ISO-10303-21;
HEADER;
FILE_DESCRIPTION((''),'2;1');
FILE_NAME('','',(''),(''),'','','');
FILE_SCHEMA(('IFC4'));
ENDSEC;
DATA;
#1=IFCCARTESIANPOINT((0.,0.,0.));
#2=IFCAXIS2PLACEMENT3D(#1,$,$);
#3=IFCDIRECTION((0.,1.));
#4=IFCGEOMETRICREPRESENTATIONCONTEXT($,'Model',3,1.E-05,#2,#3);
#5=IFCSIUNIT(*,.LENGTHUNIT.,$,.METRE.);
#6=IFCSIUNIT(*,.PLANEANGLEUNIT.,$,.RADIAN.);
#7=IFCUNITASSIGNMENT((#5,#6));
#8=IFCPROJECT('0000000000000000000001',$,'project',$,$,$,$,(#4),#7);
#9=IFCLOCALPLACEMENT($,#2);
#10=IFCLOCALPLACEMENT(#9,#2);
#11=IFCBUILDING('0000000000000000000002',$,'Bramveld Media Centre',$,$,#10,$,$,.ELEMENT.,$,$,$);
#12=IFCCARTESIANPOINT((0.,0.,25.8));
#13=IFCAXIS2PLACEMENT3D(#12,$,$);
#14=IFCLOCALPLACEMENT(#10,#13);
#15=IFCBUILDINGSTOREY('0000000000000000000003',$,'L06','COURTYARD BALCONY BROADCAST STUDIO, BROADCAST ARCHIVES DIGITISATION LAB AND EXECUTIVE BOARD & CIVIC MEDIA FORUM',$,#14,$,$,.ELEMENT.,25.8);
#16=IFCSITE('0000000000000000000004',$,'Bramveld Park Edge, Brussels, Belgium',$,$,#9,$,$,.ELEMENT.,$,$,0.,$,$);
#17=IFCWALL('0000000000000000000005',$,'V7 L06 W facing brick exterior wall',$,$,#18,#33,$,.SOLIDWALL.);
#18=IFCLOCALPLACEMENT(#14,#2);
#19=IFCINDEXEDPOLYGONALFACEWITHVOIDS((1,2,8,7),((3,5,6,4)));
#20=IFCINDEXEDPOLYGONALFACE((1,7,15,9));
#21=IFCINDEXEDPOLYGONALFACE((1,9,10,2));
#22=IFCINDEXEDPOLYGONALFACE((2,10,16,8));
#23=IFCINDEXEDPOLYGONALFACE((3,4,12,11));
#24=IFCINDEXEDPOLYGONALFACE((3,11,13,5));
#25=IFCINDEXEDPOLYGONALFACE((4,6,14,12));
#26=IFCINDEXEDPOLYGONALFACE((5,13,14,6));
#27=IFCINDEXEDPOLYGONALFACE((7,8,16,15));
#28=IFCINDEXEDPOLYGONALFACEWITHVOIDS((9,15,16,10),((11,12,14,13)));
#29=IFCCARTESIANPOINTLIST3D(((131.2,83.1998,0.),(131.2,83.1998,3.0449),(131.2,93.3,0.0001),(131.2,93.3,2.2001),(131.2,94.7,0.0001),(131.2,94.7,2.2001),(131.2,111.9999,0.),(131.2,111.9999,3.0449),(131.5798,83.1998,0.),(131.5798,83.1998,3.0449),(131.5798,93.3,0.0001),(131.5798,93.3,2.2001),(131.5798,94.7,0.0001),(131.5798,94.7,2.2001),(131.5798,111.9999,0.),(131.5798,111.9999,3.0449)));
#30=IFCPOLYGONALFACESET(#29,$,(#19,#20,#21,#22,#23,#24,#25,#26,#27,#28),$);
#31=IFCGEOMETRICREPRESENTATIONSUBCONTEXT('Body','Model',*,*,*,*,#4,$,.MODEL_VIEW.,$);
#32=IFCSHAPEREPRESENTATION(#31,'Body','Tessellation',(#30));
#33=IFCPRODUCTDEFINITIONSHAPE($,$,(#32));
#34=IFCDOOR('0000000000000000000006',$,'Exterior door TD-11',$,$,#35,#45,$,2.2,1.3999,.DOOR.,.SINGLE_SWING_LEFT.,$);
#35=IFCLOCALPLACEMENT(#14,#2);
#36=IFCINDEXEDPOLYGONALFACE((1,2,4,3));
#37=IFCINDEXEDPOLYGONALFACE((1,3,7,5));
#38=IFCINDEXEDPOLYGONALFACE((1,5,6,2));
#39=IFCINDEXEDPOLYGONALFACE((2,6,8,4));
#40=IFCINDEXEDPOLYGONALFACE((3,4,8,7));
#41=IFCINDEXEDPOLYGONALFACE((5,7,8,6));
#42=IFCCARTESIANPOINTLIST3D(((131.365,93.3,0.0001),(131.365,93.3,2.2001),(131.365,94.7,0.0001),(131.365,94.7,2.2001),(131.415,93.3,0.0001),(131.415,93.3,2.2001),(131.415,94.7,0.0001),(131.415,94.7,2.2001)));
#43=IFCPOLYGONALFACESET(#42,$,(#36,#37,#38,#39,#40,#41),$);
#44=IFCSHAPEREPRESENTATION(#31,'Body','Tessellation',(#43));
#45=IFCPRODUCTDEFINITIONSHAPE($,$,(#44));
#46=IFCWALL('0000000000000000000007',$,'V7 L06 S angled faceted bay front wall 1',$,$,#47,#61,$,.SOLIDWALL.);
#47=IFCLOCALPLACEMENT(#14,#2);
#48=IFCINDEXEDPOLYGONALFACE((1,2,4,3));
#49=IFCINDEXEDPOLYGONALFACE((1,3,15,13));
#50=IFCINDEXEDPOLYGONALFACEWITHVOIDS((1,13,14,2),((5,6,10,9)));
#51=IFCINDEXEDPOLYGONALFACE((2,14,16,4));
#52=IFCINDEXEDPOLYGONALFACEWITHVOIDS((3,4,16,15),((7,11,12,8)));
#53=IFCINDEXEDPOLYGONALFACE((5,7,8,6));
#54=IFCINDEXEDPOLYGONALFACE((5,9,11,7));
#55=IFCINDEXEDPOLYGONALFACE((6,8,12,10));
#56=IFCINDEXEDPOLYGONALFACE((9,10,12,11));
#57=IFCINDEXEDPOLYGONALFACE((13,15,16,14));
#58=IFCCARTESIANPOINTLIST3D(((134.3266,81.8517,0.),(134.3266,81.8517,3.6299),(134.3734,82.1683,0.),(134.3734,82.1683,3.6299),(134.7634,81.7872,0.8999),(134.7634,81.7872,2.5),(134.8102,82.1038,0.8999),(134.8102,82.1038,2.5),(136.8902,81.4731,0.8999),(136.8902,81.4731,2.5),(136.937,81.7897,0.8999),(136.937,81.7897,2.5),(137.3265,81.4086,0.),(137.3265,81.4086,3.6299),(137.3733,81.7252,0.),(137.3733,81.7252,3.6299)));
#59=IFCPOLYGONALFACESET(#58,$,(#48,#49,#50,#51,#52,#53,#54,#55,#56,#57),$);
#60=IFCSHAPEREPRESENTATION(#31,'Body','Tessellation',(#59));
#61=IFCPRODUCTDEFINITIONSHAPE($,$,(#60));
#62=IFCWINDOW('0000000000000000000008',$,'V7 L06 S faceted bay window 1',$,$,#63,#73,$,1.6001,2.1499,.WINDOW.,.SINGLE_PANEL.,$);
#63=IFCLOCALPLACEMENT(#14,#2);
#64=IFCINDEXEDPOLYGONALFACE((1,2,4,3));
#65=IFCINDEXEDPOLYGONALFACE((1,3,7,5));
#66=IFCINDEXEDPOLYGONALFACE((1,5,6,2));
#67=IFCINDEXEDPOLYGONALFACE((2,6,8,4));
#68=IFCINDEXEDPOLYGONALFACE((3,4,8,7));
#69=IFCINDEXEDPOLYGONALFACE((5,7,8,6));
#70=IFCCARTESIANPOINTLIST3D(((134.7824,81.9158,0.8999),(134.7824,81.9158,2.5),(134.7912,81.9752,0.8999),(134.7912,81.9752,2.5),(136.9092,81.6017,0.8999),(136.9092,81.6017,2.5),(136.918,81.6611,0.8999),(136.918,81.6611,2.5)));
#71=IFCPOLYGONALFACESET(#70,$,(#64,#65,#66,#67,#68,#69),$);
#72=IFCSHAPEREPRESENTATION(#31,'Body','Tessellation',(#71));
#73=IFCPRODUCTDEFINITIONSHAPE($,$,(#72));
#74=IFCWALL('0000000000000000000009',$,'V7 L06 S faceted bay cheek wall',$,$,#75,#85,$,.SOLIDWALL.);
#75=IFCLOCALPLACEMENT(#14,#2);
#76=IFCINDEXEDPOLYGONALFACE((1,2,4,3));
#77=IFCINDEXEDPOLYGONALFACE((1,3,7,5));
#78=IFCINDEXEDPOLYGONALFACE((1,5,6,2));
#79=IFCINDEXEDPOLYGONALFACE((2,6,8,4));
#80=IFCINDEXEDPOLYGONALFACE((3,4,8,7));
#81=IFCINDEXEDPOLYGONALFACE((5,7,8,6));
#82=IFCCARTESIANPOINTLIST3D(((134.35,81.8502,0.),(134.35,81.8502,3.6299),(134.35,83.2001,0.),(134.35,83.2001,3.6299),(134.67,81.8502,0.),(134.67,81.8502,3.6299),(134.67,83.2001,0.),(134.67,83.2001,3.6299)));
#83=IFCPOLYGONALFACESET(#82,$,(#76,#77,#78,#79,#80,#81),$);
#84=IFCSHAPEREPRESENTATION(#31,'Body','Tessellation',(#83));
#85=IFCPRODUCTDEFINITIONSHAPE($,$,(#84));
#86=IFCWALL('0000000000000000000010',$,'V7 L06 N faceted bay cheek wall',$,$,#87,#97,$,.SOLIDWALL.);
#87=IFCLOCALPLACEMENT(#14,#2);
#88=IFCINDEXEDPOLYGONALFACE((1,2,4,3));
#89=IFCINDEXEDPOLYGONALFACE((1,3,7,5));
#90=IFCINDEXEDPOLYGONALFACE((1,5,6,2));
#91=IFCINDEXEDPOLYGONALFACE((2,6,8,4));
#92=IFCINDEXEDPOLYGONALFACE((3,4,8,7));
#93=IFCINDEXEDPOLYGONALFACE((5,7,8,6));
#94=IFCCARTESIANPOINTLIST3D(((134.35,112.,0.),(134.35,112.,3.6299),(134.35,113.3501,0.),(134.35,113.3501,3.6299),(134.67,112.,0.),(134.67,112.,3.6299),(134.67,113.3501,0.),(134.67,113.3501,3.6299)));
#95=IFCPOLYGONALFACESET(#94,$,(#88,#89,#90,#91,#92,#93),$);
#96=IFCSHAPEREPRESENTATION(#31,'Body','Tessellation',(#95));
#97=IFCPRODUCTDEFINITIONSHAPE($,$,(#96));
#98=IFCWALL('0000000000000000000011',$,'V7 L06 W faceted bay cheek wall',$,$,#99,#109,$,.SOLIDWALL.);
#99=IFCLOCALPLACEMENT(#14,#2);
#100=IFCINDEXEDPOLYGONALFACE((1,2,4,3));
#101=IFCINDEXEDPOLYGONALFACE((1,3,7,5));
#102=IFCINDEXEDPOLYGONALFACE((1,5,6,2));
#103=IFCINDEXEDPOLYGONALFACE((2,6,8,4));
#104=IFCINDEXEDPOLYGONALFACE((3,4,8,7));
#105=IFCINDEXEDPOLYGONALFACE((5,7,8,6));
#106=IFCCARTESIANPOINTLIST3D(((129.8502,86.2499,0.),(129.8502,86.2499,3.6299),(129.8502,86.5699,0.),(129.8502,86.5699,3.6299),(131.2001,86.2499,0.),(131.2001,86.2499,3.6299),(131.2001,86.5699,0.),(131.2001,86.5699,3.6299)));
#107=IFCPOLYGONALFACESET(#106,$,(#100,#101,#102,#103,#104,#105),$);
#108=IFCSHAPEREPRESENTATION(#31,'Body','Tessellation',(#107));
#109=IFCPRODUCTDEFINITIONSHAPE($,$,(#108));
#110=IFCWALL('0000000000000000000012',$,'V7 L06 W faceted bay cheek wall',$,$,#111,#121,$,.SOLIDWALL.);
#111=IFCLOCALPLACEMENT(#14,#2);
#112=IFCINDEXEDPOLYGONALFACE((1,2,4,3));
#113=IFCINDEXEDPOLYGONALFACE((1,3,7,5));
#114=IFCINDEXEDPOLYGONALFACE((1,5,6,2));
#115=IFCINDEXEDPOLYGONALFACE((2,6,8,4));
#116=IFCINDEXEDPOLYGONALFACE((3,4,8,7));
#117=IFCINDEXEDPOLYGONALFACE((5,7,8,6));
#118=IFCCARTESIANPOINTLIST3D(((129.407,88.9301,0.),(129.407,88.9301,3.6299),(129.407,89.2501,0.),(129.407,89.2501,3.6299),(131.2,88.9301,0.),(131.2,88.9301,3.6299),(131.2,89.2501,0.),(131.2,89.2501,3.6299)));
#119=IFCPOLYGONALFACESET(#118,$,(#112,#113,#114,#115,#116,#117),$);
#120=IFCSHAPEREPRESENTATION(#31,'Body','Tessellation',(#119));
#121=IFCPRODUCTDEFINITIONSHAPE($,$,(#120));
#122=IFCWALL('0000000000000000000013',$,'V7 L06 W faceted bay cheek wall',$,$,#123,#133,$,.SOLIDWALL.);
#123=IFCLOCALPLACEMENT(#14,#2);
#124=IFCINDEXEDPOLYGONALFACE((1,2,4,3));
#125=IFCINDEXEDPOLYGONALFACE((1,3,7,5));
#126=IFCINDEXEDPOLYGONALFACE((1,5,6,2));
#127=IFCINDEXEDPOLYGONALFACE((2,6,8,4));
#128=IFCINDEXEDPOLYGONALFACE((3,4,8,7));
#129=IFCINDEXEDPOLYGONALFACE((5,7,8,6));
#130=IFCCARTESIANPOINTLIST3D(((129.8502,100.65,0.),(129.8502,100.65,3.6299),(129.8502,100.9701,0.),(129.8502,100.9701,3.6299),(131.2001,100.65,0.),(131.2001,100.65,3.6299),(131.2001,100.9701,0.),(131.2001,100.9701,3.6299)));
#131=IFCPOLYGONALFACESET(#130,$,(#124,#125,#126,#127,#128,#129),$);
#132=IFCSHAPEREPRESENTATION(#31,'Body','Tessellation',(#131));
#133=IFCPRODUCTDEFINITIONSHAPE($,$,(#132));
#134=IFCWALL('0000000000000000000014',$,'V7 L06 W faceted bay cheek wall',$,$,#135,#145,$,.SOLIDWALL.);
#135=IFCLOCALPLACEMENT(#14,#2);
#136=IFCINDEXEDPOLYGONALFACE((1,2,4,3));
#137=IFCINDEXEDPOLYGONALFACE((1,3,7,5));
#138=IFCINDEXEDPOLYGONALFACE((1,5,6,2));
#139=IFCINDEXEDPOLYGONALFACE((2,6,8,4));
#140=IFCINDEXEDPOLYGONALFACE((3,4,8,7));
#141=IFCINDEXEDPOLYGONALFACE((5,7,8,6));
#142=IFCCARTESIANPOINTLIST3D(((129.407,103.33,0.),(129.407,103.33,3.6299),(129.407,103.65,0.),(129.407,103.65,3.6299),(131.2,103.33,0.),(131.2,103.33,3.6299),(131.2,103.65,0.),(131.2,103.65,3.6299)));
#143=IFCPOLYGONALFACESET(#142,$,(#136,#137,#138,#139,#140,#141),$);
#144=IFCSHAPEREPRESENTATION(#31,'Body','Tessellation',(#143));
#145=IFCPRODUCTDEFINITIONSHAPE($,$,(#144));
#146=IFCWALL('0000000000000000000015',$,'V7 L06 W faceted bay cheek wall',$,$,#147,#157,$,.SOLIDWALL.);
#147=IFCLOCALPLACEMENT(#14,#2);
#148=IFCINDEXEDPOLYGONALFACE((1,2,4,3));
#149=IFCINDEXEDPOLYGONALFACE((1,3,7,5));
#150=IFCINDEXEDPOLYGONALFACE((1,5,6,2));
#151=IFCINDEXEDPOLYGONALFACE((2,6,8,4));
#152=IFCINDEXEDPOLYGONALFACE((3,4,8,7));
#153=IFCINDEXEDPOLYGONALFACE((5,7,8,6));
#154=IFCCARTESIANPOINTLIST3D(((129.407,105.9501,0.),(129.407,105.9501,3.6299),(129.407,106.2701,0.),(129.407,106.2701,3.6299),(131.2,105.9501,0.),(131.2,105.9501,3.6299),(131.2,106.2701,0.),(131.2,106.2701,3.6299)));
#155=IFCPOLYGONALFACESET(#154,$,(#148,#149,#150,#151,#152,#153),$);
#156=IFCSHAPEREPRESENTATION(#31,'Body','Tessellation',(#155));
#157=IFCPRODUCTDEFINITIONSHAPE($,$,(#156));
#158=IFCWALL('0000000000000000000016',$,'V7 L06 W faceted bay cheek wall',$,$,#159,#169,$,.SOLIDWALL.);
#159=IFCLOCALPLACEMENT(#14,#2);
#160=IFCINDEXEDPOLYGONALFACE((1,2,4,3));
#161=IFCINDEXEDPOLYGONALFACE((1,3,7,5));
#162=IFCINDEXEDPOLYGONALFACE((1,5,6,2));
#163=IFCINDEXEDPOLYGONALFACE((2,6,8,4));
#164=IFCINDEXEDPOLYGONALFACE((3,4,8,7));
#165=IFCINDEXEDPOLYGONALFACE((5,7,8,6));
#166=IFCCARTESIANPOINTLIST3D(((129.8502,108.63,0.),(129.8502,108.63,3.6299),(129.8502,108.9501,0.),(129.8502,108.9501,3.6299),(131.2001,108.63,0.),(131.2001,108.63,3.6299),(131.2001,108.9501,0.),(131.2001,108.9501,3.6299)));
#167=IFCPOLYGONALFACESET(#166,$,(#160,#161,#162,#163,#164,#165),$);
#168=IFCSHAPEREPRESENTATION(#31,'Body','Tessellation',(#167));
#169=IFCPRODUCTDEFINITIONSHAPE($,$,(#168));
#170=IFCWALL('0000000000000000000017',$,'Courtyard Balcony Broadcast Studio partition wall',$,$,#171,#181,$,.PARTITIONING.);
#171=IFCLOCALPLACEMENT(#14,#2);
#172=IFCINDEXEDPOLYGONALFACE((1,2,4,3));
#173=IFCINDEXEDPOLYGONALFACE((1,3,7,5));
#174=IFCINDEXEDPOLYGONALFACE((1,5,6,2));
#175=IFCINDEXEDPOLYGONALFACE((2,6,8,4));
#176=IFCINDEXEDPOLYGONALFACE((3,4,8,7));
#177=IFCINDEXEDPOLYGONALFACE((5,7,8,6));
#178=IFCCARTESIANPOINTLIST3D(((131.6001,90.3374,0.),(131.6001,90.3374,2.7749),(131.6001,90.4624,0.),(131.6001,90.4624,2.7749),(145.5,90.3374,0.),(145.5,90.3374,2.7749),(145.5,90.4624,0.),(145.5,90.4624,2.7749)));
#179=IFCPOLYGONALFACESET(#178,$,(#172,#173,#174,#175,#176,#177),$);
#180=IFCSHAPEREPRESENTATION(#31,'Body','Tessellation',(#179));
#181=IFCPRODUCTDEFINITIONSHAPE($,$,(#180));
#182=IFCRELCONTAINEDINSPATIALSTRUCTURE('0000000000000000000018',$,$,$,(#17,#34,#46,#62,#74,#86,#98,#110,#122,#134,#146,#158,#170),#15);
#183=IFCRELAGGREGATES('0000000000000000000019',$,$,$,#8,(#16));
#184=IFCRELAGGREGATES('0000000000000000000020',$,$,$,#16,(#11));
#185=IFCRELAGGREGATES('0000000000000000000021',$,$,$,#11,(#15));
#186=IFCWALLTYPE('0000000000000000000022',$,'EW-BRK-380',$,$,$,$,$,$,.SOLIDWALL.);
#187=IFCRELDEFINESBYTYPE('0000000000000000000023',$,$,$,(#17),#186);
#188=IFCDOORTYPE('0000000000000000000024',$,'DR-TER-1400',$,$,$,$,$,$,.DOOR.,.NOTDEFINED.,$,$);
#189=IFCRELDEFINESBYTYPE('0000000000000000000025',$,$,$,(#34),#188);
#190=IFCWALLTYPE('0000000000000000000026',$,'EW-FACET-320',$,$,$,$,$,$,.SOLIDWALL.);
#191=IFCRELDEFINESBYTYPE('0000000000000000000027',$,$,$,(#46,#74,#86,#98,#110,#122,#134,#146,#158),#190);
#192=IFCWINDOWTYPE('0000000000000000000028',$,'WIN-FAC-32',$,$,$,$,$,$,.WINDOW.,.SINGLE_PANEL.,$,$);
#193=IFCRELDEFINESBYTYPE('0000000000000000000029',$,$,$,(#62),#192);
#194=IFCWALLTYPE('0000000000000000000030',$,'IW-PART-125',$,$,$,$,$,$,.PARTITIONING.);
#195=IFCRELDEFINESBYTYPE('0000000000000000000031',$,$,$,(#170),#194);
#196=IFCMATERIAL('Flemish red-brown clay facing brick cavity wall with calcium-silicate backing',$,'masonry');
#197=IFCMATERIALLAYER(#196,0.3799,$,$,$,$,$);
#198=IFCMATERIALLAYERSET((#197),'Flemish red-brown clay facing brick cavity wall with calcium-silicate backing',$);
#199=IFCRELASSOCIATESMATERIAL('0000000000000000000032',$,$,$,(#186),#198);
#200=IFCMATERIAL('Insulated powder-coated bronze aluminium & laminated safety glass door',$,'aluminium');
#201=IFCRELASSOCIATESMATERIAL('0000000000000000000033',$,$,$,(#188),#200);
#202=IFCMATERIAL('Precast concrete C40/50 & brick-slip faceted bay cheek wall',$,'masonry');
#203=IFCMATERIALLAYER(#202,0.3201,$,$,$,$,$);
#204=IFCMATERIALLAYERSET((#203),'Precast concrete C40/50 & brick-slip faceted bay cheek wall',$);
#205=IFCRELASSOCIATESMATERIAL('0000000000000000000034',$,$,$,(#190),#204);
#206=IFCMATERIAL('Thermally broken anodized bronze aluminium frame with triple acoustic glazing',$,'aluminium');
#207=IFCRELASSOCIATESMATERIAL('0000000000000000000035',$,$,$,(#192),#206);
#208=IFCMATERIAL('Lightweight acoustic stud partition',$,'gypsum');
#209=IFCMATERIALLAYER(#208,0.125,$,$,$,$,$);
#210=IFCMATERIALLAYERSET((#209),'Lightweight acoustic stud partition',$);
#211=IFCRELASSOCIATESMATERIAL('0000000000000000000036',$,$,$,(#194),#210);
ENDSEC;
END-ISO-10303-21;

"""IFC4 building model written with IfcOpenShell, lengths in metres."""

from ifc_helpers import new_model, si_unit, direction, frame, frame_2d, origin, place, context, subcontext, project, spatial, rectangle, extrude, material, layer, layer_set, type_object, element, fill, save


model = new_model("IFC4")

# Units and contexts
model_context = context("Model", 3, precision=1e-05, world=origin(), true_north=direction((0.0, 1.0)))
body_context = subcontext(model_context, "Body", "Model", "MODEL_VIEW")
ifc_project = project(units=[si_unit("LENGTHUNIT", "METRE"), si_unit("PLANEANGLEUNIT", "RADIAN")], contexts=[model_context])

# Site, building, storey
site_placement = place(None, origin())
site = spatial("IfcSite", under=ifc_project, at=site_placement, Name="Bramveld Park Edge, Brussels, Belgium", CompositionType="ELEMENT", RefElevation=0.0)
building_placement = place(site_placement, origin())
building = spatial("IfcBuilding", under=site, at=building_placement, Name="Bramveld Media Centre", CompositionType="ELEMENT")
storey_placement = place(building_placement, frame((0.0, 0.0, 25.8)))
storey = spatial("IfcBuildingStorey", under=building, at=storey_placement, Name="L06", Description="COURTYARD BALCONY BROADCAST STUDIO, BROADCAST ARCHIVES DIGITISATION LAB AND EXECUTIVE BOARD & CIVIC MEDIA FORUM", CompositionType="ELEMENT", Elevation=25.8)

# Shared definitions
ifc_material_1 = material(Name="Flemish red-brown clay facing brick cavity wall with calcium-silicate backing", Category="masonry")
ifc_layer_1 = layer(ifc_material_1, 0.3799)
ifc_layer_set_1 = layer_set([ifc_layer_1], Name="Flemish red-brown clay facing brick cavity wall with calcium-silicate backing")
wall_type_1 = type_object("IfcWallType", Name="EW-BRK-380", PredefinedType="SOLIDWALL", material=ifc_layer_set_1)

# Wall, opening, door
wall_1_placement = place(storey_placement, frame((131.3899, 83.2, 0.0), z_axis=(0.0, 0.0, 1.0), x_axis=(0.0, 1.0, 0.0)))
wall_1 = element("IfcWall", 1, at=wall_1_placement, inside=storey, type_object=wall_type_1, Name="V7 L06 W facing brick exterior wall", PredefinedType="SOLIDWALL", context=body_context, shape_type="SweptSolid", body=[
    extrude(rectangle(XDim=28.8, YDim=0.3799, at=frame_2d((14.3999, 0.0))), origin(), (0.0, 0.0, 1.0), 3.0449),
])
opening_1_placement = place(wall_1_placement, frame((10.1001, 0.0, 0.0)))
opening_1 = element("IfcOpeningElement", 2, at=opening_1_placement, cuts=wall_1, PredefinedType="OPENING", context=body_context, shape_type="SweptSolid", body=[
    extrude(rectangle(XDim=1.3999, YDim=2.2, at=frame_2d((0.7, 1.1001))), frame((0.0, 0.2019, 0.0), z_axis=(0.0, -1.0, 0.0), x_axis=(1.0, 0.0, 0.0)), (0.0, 0.0, 1.0), 0.4038),
])
ifc_material_2 = material(Name="Insulated powder-coated bronze aluminium & laminated safety glass door", Category="aluminium")
door_type_1 = type_object("IfcDoorType", Name="DR-TER-1400", OperationType="NOTDEFINED", PredefinedType="DOOR", material=ifc_material_2)
door_1_placement = place(opening_1_placement, origin())
door_1 = element("IfcDoor", 3, at=door_1_placement, inside=storey, type_object=door_type_1, Name="Exterior door TD-11", OperationType="SINGLE_SWING_LEFT", OverallHeight=2.2, OverallWidth=1.3999, PredefinedType="DOOR", context=body_context, shape_type="SweptSolid", body=[
    extrude(rectangle(XDim=1.3999, YDim=2.2, at=frame_2d((0.7, 1.1001))), frame((0.0, 0.0249, 0.0), z_axis=(0.0, -1.0, 0.0), x_axis=(1.0, 0.0, 0.0)), (0.0, 0.0, 1.0), 0.05),
])
fill(opening_1, door_1)

# Wall, opening, window
ifc_material_3 = material(Name="Precast concrete C40/50 & brick-slip faceted bay cheek wall", Category="masonry")
ifc_layer_2 = layer(ifc_material_3, 0.3201)
ifc_layer_set_2 = layer_set([ifc_layer_2], Name="Precast concrete C40/50 & brick-slip faceted bay cheek wall")
wall_type_2 = type_object("IfcWallType", Name="EW-FACET-320", PredefinedType="SOLIDWALL", material=ifc_layer_set_2)
wall_2_placement = place(storey_placement, frame((134.3501, 82.01, 0.0), z_axis=(0.0, 0.0, 1.0), x_axis=(0.989267, -0.14612, 0.0)))
wall_2 = element("IfcWall", 4, at=wall_2_placement, inside=storey, type_object=wall_type_2, Name="V7 L06 S angled faceted bay front wall 1", PredefinedType="SOLIDWALL", context=body_context, shape_type="SweptSolid", body=[
    extrude(rectangle(XDim=3.0325, YDim=0.3201, at=frame_2d((1.5161, 0.0))), origin(), (0.0, 0.0, 1.0), 3.6299),
])
opening_2_placement = place(wall_2_placement, frame((0.4414, 0.0, 0.8999)))
opening_2 = element("IfcOpeningElement", 5, at=opening_2_placement, cuts=wall_2, PredefinedType="OPENING", context=body_context, shape_type="SweptSolid", body=[
    extrude(rectangle(XDim=2.1499, YDim=1.6001, at=frame_2d((1.075, 0.8))), frame((0.0, 0.1719, 0.0), z_axis=(0.0, -1.0, 0.0), x_axis=(1.0, 0.0, 0.0)), (0.0, 0.0, 1.0), 0.344),
])
ifc_material_4 = material(Name="Thermally broken anodized bronze aluminium frame with triple acoustic glazing", Category="aluminium")
window_type = type_object("IfcWindowType", Name="WIN-FAC-32", PartitioningType="SINGLE_PANEL", PredefinedType="WINDOW", material=ifc_material_4)
window_placement = place(opening_2_placement, origin())
window = element("IfcWindow", 6, at=window_placement, inside=storey, type_object=window_type, Name="V7 L06 S faceted bay window 1", OverallHeight=1.6001, OverallWidth=2.1499, PartitioningType="SINGLE_PANEL", PredefinedType="WINDOW", context=body_context, shape_type="SweptSolid", body=[
    extrude(rectangle(XDim=2.1499, YDim=1.6001, at=frame_2d((1.075, 0.8))), frame((0.0, 0.03, 0.0), z_axis=(0.0, -1.0, 0.0), x_axis=(1.0, 0.0, 0.0)), (0.0, 0.0, 1.0), 0.0601),
])
fill(opening_2, window)

# Walls
wall_3_placement = place(storey_placement, frame((134.51, 83.2, 0.0), z_axis=(0.0, 0.0, 1.0), x_axis=(0.0, -1.0, 0.0)))
element("IfcWall", 7, at=wall_3_placement, inside=storey, type_object=wall_type_2, Name="V7 L06 S faceted bay cheek wall", PredefinedType="SOLIDWALL", context=body_context, shape_type="SweptSolid", body=[
    extrude(rectangle(XDim=1.3499, YDim=0.3201, at=frame_2d((0.6748, 0.0))), origin(), (0.0, 0.0, 1.0), 3.6299),
])
wall_4_placement = place(storey_placement, frame((134.51, 112.0, 0.0), z_axis=(0.0, 0.0, 1.0), x_axis=(0.0, 1.0, 0.0)))
element("IfcWall", 8, at=wall_4_placement, inside=storey, type_object=wall_type_2, Name="V7 L06 N faceted bay cheek wall", PredefinedType="SOLIDWALL", context=body_context, shape_type="SweptSolid", body=[
    extrude(rectangle(XDim=1.3501, YDim=0.3201, at=frame_2d((0.675, 0.0))), origin(), (0.0, 0.0, 1.0), 3.6299),
])
wall_5_placement = place(storey_placement, frame((131.2, 86.4099, 0.0), z_axis=(0.0, 0.0, 1.0), x_axis=(-1.0, 0.0, 0.0)))
element("IfcWall", 9, at=wall_5_placement, inside=storey, type_object=wall_type_2, Name="V7 L06 W faceted bay cheek wall", PredefinedType="SOLIDWALL", context=body_context, shape_type="SweptSolid", body=[
    extrude(rectangle(XDim=1.3499, YDim=0.3201, at=frame_2d((0.6748, 0.0))), origin(), (0.0, 0.0, 1.0), 3.6299),
])
wall_6_placement = place(storey_placement, frame((131.2, 89.0901, 0.0), z_axis=(0.0, 0.0, 1.0), x_axis=(-1.0, 0.0, 0.0)))
element("IfcWall", 10, at=wall_6_placement, inside=storey, type_object=wall_type_2, Name="V7 L06 W faceted bay cheek wall", PredefinedType="SOLIDWALL", context=body_context, shape_type="SweptSolid", body=[
    extrude(rectangle(XDim=1.793, YDim=0.3201, at=frame_2d((0.8965, 0.0))), origin(), (0.0, 0.0, 1.0), 3.6299),
])
wall_7_placement = place(storey_placement, frame((131.2, 100.8101, 0.0), z_axis=(0.0, 0.0, 1.0), x_axis=(-1.0, 0.0, 0.0)))
element("IfcWall", 11, at=wall_7_placement, inside=storey, type_object=wall_type_2, Name="V7 L06 W faceted bay cheek wall", PredefinedType="SOLIDWALL", context=body_context, shape_type="SweptSolid", body=[
    extrude(rectangle(XDim=1.3499, YDim=0.3201, at=frame_2d((0.6748, 0.0))), origin(), (0.0, 0.0, 1.0), 3.6299),
])
for number, where, z_axis, x_axis, name in (
    (12, (131.2, 103.49, 0.0), (0.0, 0.0, 1.0), (-1.0, 0.0, 0.0), "V7 L06 W faceted bay cheek wall"),
    (13, (131.2, 106.1101, 0.0), (0.0, 0.0, 1.0), (-1.0, 0.0, 0.0), "V7 L06 W faceted bay cheek wall"),
):
    element("IfcWall", number, at=place(storey_placement, frame(where, z_axis=z_axis, x_axis=x_axis)), inside=storey, type_object=wall_type_2, Name=name, PredefinedType="SOLIDWALL", context=body_context, shape_type="SweptSolid", body=[
        extrude(rectangle(XDim=1.793, YDim=0.3201, at=frame_2d((0.8965, 0.0))), origin(), (0.0, 0.0, 1.0), 3.6299),
    ])
wall_8_placement = place(storey_placement, frame((131.2, 108.79, 0.0), z_axis=(0.0, 0.0, 1.0), x_axis=(-1.0, 0.0, 0.0)))
element("IfcWall", 14, at=wall_8_placement, inside=storey, type_object=wall_type_2, Name="V7 L06 W faceted bay cheek wall", PredefinedType="SOLIDWALL", context=body_context, shape_type="SweptSolid", body=[
    extrude(rectangle(XDim=1.3499, YDim=0.3201, at=frame_2d((0.6748, 0.0))), origin(), (0.0, 0.0, 1.0), 3.6299),
])
ifc_material_5 = material(Name="Lightweight acoustic stud partition", Category="gypsum")
ifc_layer_3 = layer(ifc_material_5, 0.125)
ifc_layer_set_3 = layer_set([ifc_layer_3], Name="Lightweight acoustic stud partition")
wall_type_3 = type_object("IfcWallType", Name="IW-PART-125", PredefinedType="PARTITIONING", material=ifc_layer_set_3)
wall_9_placement = place(storey_placement, frame((131.6001, 90.3999, 0.0), z_axis=(0.0, 0.0, 1.0), x_axis=(1.0, 0.0, 0.0)))
element("IfcWall", 15, at=wall_9_placement, inside=storey, type_object=wall_type_3, Name="Courtyard Balcony Broadcast Studio partition wall", PredefinedType="PARTITIONING", context=body_context, shape_type="SweptSolid", body=[
    extrude(rectangle(XDim=13.8999, YDim=0.125, at=frame_2d((6.95, 0.0))), origin(), (0.0, 0.0, 1.0), 2.7749),
])

save(model, "model.ifc")
